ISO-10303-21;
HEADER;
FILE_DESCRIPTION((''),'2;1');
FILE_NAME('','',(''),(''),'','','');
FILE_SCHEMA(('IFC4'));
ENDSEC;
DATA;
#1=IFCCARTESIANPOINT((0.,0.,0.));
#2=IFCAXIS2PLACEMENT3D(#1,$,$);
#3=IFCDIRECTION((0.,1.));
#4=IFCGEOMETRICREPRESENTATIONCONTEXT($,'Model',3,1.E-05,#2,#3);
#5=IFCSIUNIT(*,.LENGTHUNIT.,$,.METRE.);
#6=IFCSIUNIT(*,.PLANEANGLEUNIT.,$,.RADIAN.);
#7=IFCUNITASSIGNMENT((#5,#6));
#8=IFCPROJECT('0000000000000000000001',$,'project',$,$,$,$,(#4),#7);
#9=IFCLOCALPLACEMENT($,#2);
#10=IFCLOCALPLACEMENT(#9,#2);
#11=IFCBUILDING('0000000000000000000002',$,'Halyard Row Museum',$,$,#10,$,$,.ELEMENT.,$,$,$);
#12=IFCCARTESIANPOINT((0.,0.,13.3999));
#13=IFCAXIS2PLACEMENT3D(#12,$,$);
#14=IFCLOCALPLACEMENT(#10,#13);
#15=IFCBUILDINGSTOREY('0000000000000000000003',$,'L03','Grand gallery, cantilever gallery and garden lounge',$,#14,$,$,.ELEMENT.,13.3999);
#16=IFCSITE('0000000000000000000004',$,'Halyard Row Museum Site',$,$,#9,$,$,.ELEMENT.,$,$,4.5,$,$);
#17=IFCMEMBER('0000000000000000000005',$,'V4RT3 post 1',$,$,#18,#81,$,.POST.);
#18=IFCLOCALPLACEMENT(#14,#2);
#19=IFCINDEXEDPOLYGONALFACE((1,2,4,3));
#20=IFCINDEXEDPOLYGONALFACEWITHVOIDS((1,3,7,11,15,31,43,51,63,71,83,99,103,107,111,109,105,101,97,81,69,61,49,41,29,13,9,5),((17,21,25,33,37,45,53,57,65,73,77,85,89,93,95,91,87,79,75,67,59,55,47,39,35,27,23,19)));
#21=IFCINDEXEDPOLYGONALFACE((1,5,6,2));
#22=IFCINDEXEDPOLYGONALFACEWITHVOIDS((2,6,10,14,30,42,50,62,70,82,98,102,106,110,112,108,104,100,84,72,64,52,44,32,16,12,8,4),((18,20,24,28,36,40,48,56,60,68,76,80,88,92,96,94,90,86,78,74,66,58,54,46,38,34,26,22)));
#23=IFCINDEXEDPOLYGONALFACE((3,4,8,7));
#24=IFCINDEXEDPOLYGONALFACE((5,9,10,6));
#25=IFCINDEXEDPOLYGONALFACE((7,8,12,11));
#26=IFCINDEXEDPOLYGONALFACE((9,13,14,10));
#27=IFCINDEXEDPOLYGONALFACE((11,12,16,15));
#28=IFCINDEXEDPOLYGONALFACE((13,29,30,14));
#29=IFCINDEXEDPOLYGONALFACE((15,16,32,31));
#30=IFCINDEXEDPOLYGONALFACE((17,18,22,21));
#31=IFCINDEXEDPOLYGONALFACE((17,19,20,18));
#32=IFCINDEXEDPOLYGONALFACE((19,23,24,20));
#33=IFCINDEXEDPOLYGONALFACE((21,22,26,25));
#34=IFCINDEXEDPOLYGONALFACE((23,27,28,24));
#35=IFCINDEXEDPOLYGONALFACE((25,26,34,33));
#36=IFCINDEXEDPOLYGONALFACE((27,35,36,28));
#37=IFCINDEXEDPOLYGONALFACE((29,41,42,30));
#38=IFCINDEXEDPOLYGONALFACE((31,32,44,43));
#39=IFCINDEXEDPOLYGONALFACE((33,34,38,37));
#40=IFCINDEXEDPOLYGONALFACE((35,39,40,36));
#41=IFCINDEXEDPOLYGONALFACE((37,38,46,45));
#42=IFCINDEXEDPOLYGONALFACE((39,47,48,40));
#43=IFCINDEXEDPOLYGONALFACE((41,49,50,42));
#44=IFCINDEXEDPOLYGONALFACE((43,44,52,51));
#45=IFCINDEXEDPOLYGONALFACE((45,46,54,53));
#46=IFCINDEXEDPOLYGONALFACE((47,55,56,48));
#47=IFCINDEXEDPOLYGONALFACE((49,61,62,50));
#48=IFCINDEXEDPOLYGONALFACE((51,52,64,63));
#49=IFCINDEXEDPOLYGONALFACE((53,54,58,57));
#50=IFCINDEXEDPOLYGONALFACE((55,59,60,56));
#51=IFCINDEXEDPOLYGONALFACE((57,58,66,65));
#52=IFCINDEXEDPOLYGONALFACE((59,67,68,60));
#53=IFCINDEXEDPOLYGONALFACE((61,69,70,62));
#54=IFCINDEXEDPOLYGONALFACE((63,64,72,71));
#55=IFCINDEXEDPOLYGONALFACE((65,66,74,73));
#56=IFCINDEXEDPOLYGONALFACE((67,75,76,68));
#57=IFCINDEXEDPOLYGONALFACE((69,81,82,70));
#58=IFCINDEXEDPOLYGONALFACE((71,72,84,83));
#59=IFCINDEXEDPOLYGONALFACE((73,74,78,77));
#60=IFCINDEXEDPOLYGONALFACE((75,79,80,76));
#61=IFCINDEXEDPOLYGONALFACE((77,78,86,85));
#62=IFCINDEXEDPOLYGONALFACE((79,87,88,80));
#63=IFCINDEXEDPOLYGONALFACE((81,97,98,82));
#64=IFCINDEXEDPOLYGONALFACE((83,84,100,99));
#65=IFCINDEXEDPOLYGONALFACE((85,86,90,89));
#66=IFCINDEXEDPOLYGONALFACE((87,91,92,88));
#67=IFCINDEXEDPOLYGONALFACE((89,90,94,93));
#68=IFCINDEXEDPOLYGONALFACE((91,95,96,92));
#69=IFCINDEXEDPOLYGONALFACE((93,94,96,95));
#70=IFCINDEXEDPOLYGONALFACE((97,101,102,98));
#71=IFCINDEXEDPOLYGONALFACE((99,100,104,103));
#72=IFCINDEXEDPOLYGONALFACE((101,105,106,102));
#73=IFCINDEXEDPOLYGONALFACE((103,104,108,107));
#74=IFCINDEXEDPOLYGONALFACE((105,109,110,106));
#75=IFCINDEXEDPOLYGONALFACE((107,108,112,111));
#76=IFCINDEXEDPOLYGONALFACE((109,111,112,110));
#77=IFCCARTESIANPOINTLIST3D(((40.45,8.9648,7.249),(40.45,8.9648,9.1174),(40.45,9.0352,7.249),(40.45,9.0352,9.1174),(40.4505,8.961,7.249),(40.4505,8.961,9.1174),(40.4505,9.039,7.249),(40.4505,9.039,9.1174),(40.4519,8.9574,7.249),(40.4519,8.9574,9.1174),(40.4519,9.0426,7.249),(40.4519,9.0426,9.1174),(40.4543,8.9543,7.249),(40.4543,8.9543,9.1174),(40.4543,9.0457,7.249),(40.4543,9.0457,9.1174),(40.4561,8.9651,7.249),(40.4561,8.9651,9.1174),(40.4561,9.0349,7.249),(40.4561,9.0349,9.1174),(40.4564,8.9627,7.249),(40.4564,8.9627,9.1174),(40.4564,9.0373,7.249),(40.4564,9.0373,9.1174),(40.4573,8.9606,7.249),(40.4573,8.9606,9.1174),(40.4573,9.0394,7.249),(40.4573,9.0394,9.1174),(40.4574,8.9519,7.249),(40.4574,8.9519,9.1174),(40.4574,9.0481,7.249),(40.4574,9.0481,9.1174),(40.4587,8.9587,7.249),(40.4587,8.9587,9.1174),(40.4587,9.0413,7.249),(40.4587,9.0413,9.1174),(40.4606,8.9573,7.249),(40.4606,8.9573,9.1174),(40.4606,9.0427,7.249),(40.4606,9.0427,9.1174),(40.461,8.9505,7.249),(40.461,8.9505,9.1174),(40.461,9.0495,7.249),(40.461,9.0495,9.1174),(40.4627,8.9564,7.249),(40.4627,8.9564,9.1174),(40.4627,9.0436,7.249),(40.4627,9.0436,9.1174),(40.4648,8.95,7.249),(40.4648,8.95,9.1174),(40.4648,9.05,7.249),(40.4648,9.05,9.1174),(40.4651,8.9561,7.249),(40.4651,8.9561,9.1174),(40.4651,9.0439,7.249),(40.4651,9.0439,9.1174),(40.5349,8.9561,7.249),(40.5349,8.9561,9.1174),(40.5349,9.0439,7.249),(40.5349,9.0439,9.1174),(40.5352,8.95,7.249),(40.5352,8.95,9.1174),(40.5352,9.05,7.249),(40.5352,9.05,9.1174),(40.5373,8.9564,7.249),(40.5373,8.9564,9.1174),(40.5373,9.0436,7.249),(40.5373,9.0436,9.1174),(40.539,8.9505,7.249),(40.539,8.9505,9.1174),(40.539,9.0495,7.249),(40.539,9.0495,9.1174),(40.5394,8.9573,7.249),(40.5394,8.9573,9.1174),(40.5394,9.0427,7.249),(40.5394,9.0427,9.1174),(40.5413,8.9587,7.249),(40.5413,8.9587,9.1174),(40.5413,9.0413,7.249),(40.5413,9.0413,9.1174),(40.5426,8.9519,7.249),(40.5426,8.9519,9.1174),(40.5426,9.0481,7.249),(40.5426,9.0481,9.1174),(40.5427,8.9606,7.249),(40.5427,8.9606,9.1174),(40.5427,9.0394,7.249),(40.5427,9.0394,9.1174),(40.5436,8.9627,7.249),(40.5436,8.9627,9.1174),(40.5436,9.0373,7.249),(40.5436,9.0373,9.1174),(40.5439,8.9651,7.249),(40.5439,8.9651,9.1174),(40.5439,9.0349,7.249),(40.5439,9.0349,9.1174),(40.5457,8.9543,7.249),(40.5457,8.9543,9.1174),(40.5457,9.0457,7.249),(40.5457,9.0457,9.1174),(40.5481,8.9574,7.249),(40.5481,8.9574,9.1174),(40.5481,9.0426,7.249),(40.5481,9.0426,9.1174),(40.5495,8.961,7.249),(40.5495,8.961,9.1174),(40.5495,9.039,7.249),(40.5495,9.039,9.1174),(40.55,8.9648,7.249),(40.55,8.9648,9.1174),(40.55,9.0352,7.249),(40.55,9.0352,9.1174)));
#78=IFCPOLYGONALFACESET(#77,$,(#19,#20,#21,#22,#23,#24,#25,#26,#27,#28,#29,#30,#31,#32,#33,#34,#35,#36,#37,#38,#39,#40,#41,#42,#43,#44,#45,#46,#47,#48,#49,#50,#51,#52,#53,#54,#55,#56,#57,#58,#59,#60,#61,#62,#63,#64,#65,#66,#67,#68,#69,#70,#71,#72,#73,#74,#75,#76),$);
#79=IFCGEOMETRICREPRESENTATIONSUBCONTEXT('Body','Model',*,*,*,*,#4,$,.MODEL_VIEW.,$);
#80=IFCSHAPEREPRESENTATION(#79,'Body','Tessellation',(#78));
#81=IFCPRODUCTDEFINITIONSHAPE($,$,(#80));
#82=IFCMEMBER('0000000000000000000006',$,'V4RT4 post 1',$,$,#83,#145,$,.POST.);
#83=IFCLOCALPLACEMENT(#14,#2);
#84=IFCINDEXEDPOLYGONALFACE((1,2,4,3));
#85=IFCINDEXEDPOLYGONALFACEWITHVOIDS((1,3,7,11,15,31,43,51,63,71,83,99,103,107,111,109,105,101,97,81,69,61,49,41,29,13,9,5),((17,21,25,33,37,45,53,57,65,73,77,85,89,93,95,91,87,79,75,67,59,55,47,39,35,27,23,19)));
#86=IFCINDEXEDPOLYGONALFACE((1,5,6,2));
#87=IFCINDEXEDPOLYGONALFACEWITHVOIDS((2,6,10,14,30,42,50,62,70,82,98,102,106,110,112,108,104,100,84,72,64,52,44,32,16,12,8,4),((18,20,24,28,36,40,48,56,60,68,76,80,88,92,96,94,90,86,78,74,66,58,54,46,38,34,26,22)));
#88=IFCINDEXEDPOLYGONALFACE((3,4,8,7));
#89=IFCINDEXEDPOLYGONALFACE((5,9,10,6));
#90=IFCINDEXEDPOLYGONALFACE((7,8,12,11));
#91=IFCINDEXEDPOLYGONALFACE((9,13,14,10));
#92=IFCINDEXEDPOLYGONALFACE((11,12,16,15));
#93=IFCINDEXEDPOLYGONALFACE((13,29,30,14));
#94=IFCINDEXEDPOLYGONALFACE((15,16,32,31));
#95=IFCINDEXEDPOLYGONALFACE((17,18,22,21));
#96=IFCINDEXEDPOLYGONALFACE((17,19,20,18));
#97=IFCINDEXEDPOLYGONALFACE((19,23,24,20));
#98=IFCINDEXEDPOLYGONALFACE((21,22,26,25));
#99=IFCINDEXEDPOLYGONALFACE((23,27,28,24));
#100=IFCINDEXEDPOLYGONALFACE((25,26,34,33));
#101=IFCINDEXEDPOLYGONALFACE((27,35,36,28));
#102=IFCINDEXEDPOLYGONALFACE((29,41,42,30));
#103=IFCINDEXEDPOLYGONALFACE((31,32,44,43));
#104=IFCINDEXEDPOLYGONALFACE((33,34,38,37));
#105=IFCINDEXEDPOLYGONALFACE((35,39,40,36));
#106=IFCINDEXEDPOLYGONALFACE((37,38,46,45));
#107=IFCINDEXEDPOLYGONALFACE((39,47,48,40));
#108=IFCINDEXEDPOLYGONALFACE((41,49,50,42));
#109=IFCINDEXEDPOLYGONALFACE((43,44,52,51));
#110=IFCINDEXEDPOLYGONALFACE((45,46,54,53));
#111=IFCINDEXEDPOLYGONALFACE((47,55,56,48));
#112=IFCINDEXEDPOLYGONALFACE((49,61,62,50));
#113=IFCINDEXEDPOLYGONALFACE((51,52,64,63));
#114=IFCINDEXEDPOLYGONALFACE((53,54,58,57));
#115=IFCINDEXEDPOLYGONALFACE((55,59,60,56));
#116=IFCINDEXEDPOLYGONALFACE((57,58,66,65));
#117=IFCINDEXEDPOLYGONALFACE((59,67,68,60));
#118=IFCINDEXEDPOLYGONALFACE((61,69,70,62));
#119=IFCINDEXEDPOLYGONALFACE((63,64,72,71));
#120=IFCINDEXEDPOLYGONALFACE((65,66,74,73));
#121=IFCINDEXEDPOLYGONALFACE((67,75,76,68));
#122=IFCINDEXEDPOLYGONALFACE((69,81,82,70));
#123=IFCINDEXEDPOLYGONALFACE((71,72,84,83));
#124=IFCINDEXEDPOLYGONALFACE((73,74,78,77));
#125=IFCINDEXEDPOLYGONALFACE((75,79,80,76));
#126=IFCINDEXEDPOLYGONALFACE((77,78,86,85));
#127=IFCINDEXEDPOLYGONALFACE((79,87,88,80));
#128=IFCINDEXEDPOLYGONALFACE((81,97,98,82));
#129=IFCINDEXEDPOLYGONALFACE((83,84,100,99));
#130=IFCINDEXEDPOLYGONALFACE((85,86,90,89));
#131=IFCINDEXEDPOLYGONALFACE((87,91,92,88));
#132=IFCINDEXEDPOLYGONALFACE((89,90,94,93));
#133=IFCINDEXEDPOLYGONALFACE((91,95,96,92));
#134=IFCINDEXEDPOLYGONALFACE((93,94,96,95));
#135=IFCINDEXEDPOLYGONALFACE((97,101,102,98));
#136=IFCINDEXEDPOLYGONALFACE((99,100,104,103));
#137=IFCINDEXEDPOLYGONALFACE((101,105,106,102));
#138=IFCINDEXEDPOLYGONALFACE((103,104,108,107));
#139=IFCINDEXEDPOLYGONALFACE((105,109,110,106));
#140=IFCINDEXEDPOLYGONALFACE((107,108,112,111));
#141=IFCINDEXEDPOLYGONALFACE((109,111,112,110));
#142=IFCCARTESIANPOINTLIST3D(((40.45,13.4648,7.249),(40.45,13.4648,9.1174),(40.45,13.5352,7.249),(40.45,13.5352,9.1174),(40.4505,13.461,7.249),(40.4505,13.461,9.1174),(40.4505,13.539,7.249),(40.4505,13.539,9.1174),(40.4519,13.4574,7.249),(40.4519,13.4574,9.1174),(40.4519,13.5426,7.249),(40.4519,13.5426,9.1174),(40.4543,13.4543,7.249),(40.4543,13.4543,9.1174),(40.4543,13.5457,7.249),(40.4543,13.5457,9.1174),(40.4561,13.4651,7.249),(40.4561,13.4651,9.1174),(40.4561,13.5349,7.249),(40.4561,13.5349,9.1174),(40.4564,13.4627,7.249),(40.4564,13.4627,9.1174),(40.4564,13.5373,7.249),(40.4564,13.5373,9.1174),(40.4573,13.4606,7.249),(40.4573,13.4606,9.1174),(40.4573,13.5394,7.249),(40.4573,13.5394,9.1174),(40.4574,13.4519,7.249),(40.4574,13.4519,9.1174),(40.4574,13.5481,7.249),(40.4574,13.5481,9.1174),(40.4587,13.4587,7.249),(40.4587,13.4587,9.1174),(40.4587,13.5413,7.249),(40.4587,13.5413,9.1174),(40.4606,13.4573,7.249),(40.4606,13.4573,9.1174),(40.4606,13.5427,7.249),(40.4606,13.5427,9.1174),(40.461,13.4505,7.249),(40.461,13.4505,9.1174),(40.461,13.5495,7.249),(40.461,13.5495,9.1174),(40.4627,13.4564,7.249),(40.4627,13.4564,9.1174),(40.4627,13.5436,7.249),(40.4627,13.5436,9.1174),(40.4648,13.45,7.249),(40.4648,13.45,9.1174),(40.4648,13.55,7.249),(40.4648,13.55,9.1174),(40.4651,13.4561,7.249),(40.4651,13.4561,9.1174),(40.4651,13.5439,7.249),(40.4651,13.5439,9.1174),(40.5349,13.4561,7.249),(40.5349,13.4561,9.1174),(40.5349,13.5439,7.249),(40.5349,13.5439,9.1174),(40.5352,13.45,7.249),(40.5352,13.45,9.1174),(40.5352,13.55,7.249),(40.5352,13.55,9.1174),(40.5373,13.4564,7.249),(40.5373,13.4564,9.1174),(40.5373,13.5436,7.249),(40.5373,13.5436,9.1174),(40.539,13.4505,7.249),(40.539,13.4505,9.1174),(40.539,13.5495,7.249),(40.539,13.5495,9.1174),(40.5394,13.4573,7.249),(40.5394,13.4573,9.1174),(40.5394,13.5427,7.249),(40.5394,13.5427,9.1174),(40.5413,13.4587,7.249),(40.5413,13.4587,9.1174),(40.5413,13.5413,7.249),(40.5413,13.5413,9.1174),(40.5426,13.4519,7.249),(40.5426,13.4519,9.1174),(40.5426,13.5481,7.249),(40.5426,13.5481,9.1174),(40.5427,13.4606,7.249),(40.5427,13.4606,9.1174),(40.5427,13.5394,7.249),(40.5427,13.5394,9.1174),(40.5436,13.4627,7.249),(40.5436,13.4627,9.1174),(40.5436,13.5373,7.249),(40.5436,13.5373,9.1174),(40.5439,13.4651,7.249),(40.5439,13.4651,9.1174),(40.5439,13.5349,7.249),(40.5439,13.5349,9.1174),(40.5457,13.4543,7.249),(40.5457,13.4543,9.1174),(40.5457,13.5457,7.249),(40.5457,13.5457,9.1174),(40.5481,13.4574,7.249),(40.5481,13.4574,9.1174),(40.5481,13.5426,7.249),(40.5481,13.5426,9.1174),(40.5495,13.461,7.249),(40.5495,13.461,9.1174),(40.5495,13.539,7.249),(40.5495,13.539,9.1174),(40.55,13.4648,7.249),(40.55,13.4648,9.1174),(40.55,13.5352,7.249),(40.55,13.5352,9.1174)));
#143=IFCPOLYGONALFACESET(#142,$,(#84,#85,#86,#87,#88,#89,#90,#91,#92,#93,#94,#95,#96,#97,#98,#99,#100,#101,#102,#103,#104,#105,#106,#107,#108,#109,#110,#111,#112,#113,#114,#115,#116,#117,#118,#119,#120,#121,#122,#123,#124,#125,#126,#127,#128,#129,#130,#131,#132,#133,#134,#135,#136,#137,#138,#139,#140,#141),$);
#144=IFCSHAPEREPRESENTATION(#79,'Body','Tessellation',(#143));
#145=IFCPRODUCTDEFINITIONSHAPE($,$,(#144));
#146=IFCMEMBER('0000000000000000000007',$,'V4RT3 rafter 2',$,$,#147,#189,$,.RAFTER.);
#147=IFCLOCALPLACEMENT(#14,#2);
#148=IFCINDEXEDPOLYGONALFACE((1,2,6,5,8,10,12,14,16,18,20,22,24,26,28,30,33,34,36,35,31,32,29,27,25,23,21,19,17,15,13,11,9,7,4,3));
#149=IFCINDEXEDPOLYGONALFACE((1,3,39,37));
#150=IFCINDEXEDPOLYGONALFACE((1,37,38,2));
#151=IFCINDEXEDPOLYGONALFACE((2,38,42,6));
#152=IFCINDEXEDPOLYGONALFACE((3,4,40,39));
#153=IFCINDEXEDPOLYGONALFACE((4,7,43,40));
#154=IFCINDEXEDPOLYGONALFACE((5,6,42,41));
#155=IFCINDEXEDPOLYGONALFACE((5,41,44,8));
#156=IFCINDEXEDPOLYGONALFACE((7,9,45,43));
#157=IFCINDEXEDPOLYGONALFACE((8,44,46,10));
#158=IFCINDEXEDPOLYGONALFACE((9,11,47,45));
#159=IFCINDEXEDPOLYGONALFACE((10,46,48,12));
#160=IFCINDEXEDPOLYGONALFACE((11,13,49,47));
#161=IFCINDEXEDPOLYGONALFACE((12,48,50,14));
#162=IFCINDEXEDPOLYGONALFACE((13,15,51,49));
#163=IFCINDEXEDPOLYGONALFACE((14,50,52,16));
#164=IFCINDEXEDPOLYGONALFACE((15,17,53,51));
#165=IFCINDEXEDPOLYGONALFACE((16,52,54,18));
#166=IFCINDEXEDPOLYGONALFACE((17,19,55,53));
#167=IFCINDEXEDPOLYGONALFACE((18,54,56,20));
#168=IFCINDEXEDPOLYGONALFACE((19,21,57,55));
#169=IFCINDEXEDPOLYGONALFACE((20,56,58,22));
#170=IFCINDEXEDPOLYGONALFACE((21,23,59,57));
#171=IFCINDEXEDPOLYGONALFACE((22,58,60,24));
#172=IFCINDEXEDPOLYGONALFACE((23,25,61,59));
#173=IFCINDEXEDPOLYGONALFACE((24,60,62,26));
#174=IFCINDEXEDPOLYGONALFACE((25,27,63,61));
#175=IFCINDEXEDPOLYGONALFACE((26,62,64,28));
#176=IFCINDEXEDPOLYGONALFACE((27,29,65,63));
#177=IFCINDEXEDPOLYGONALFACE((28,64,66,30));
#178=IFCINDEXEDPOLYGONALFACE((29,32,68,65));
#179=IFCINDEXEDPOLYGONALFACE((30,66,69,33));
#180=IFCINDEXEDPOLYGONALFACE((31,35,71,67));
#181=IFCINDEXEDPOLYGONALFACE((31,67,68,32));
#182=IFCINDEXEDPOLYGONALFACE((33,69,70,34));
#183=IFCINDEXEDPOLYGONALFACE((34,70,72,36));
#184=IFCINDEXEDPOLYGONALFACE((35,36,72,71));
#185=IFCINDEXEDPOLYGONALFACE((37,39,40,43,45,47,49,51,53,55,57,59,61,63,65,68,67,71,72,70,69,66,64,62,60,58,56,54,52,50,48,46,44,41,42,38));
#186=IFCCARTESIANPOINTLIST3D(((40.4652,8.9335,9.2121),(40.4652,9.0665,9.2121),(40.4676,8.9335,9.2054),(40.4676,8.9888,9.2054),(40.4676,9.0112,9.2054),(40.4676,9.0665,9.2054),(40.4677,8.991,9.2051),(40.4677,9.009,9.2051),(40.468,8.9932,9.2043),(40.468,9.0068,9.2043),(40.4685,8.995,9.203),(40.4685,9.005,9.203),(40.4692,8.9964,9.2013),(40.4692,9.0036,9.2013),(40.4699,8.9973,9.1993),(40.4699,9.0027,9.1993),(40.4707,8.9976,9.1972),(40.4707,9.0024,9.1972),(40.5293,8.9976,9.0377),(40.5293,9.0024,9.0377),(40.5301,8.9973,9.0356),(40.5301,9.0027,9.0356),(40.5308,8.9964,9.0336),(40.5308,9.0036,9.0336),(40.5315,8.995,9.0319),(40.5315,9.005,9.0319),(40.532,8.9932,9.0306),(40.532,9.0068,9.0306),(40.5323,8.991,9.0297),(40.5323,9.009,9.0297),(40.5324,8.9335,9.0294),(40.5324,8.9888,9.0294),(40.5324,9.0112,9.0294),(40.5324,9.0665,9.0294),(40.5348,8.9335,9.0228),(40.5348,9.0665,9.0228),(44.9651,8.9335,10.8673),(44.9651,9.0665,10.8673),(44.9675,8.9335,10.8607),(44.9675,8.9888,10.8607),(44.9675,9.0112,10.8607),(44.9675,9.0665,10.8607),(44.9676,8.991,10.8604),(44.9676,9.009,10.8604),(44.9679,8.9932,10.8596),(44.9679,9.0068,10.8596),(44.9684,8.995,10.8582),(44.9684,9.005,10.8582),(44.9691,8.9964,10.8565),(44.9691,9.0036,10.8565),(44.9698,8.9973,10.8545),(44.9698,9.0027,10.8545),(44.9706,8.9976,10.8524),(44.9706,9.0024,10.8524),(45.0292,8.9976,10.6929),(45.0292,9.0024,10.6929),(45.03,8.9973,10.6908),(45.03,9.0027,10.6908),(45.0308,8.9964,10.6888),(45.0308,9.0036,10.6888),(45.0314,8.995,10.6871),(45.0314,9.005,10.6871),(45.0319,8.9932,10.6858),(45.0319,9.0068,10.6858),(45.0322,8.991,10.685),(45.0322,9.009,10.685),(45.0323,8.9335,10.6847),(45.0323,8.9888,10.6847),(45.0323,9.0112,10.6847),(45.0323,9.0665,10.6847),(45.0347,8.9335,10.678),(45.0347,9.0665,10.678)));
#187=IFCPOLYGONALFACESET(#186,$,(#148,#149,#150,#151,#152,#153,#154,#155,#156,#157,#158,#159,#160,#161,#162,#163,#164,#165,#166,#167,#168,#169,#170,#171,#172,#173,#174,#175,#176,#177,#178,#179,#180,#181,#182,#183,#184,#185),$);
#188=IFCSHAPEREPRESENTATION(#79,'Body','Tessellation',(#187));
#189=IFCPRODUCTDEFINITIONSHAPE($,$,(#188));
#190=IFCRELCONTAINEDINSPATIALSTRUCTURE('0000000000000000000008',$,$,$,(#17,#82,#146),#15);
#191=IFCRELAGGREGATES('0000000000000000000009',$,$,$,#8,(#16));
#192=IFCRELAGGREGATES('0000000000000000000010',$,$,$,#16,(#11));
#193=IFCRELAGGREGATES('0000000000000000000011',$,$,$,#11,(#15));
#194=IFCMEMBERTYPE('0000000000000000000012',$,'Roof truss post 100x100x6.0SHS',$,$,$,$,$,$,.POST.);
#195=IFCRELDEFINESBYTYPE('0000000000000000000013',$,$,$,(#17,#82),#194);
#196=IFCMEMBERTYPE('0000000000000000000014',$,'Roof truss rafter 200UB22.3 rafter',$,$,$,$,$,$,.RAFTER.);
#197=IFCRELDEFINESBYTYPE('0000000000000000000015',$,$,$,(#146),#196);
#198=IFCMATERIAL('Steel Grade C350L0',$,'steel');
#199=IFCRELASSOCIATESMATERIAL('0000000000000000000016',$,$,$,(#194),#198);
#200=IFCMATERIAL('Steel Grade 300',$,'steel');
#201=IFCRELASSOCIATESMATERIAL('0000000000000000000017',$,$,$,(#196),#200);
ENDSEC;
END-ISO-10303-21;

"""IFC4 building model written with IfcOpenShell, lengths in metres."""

from ifc_helpers import new_model, si_unit, direction, frame, origin, origin_2d, place, context, subcontext, project, spatial, hollow_rectangle, i_section, extrude, material, material_profile, profile_set, type_object, element, save


model = new_model("IFC4")

# Units and contexts
model_context = context("Model", 3, precision=1e-05, world=origin(), true_north=direction((0.0, 1.0)))
body_context = subcontext(model_context, "Body", "Model", "MODEL_VIEW")
ifc_project = project(units=[si_unit("LENGTHUNIT", "METRE"), si_unit("PLANEANGLEUNIT", "RADIAN")], contexts=[model_context])

# Site, building, storey
site_placement = place(None, origin())
site = spatial("IfcSite", under=ifc_project, at=site_placement, Name="Halyard Row Museum Site", CompositionType="ELEMENT", RefElevation=4.5)
building_placement = place(site_placement, origin())
building = spatial("IfcBuilding", under=site, at=building_placement, Name="Halyard Row Museum", CompositionType="ELEMENT")
storey_placement = place(building_placement, frame((0.0, 0.0, 13.3999)))
storey = spatial("IfcBuildingStorey", under=building, at=storey_placement, Name="L03", Description="Grand gallery, cantilever gallery and garden lounge", CompositionType="ELEMENT", Elevation=13.3999)

# Members
ifc_material_1 = material(Name="Steel Grade C350L0", Category="steel")
ifc_material_profile_1 = material_profile(ifc_material_1, hollow_rectangle(XDim=0.1001, YDim=0.1001, WallThickness=0.0061, InnerFilletRadius=0.009, OuterFilletRadius=0.0149, at=origin_2d()), Name="100x100x6.0SHS")
ifc_profile_set_1 = profile_set([ifc_material_profile_1], Name="Steel Grade C350L0")
member_type_1 = type_object("IfcMemberType", Name="Roof truss post 100x100x6.0SHS", PredefinedType="POST", material=ifc_profile_set_1)
for number, where, z_axis, x_axis, name in (
    (1, (40.5, 9.0, 7.249), (0.0, 0.0, 1.0), (1.0, 0.0, 0.0), "V4RT3 post 1"),
    (2, (40.5, 13.5, 7.249), (0.0, 0.0, 1.0), (1.0, 0.0, 0.0), "V4RT4 post 1"),
):
    element("IfcMember", number, at=place(storey_placement, frame(where, z_axis=z_axis, x_axis=x_axis)), inside=storey, type_object=member_type_1, Name=name, PredefinedType="POST", context=body_context, shape_type="SweptSolid", body=[
        extrude(hollow_rectangle(XDim=0.1001, YDim=0.1001, WallThickness=0.0061, InnerFilletRadius=0.009, OuterFilletRadius=0.0149, at=origin_2d()), origin(), (0.0, 0.0, 1.0), 1.8684),
    ])
ifc_material_2 = material(Name="Steel Grade 300", Category="steel")
ifc_material_profile_2 = material_profile(ifc_material_2, i_section(OverallWidth=0.1331, OverallDepth=0.2017, WebThickness=0.0049, FlangeThickness=0.0071, FilletRadius=0.0088, at=origin_2d()), Name="200UB22.3")
ifc_profile_set_2 = profile_set([ifc_material_profile_2], Name="Steel Grade 300")
member_type_2 = type_object("IfcMemberType", Name="Roof truss rafter 200UB22.3 rafter", PredefinedType="RAFTER", material=ifc_profile_set_2)
for number, where, z_axis, x_axis, name in (
    (3, (40.5, 9.0, 9.1174), (0.93852, 0.0, 0.345224), (0.0, 1.0, 0.0), "V4RT3 rafter 2"),
):
    element("IfcMember", number, at=place(storey_placement, frame(where, z_axis=z_axis, x_axis=x_axis)), inside=storey, type_object=member_type_2, Name=name, PredefinedType="RAFTER", context=body_context, shape_type="SweptSolid", body=[
        extrude(i_section(OverallWidth=0.1331, OverallDepth=0.2017, WebThickness=0.0049, FlangeThickness=0.0071, FilletRadius=0.0088, at=origin_2d()), origin(), (0.0, 0.0, 1.0), 4.7947),
    ])

save(model, "model.ifc")
